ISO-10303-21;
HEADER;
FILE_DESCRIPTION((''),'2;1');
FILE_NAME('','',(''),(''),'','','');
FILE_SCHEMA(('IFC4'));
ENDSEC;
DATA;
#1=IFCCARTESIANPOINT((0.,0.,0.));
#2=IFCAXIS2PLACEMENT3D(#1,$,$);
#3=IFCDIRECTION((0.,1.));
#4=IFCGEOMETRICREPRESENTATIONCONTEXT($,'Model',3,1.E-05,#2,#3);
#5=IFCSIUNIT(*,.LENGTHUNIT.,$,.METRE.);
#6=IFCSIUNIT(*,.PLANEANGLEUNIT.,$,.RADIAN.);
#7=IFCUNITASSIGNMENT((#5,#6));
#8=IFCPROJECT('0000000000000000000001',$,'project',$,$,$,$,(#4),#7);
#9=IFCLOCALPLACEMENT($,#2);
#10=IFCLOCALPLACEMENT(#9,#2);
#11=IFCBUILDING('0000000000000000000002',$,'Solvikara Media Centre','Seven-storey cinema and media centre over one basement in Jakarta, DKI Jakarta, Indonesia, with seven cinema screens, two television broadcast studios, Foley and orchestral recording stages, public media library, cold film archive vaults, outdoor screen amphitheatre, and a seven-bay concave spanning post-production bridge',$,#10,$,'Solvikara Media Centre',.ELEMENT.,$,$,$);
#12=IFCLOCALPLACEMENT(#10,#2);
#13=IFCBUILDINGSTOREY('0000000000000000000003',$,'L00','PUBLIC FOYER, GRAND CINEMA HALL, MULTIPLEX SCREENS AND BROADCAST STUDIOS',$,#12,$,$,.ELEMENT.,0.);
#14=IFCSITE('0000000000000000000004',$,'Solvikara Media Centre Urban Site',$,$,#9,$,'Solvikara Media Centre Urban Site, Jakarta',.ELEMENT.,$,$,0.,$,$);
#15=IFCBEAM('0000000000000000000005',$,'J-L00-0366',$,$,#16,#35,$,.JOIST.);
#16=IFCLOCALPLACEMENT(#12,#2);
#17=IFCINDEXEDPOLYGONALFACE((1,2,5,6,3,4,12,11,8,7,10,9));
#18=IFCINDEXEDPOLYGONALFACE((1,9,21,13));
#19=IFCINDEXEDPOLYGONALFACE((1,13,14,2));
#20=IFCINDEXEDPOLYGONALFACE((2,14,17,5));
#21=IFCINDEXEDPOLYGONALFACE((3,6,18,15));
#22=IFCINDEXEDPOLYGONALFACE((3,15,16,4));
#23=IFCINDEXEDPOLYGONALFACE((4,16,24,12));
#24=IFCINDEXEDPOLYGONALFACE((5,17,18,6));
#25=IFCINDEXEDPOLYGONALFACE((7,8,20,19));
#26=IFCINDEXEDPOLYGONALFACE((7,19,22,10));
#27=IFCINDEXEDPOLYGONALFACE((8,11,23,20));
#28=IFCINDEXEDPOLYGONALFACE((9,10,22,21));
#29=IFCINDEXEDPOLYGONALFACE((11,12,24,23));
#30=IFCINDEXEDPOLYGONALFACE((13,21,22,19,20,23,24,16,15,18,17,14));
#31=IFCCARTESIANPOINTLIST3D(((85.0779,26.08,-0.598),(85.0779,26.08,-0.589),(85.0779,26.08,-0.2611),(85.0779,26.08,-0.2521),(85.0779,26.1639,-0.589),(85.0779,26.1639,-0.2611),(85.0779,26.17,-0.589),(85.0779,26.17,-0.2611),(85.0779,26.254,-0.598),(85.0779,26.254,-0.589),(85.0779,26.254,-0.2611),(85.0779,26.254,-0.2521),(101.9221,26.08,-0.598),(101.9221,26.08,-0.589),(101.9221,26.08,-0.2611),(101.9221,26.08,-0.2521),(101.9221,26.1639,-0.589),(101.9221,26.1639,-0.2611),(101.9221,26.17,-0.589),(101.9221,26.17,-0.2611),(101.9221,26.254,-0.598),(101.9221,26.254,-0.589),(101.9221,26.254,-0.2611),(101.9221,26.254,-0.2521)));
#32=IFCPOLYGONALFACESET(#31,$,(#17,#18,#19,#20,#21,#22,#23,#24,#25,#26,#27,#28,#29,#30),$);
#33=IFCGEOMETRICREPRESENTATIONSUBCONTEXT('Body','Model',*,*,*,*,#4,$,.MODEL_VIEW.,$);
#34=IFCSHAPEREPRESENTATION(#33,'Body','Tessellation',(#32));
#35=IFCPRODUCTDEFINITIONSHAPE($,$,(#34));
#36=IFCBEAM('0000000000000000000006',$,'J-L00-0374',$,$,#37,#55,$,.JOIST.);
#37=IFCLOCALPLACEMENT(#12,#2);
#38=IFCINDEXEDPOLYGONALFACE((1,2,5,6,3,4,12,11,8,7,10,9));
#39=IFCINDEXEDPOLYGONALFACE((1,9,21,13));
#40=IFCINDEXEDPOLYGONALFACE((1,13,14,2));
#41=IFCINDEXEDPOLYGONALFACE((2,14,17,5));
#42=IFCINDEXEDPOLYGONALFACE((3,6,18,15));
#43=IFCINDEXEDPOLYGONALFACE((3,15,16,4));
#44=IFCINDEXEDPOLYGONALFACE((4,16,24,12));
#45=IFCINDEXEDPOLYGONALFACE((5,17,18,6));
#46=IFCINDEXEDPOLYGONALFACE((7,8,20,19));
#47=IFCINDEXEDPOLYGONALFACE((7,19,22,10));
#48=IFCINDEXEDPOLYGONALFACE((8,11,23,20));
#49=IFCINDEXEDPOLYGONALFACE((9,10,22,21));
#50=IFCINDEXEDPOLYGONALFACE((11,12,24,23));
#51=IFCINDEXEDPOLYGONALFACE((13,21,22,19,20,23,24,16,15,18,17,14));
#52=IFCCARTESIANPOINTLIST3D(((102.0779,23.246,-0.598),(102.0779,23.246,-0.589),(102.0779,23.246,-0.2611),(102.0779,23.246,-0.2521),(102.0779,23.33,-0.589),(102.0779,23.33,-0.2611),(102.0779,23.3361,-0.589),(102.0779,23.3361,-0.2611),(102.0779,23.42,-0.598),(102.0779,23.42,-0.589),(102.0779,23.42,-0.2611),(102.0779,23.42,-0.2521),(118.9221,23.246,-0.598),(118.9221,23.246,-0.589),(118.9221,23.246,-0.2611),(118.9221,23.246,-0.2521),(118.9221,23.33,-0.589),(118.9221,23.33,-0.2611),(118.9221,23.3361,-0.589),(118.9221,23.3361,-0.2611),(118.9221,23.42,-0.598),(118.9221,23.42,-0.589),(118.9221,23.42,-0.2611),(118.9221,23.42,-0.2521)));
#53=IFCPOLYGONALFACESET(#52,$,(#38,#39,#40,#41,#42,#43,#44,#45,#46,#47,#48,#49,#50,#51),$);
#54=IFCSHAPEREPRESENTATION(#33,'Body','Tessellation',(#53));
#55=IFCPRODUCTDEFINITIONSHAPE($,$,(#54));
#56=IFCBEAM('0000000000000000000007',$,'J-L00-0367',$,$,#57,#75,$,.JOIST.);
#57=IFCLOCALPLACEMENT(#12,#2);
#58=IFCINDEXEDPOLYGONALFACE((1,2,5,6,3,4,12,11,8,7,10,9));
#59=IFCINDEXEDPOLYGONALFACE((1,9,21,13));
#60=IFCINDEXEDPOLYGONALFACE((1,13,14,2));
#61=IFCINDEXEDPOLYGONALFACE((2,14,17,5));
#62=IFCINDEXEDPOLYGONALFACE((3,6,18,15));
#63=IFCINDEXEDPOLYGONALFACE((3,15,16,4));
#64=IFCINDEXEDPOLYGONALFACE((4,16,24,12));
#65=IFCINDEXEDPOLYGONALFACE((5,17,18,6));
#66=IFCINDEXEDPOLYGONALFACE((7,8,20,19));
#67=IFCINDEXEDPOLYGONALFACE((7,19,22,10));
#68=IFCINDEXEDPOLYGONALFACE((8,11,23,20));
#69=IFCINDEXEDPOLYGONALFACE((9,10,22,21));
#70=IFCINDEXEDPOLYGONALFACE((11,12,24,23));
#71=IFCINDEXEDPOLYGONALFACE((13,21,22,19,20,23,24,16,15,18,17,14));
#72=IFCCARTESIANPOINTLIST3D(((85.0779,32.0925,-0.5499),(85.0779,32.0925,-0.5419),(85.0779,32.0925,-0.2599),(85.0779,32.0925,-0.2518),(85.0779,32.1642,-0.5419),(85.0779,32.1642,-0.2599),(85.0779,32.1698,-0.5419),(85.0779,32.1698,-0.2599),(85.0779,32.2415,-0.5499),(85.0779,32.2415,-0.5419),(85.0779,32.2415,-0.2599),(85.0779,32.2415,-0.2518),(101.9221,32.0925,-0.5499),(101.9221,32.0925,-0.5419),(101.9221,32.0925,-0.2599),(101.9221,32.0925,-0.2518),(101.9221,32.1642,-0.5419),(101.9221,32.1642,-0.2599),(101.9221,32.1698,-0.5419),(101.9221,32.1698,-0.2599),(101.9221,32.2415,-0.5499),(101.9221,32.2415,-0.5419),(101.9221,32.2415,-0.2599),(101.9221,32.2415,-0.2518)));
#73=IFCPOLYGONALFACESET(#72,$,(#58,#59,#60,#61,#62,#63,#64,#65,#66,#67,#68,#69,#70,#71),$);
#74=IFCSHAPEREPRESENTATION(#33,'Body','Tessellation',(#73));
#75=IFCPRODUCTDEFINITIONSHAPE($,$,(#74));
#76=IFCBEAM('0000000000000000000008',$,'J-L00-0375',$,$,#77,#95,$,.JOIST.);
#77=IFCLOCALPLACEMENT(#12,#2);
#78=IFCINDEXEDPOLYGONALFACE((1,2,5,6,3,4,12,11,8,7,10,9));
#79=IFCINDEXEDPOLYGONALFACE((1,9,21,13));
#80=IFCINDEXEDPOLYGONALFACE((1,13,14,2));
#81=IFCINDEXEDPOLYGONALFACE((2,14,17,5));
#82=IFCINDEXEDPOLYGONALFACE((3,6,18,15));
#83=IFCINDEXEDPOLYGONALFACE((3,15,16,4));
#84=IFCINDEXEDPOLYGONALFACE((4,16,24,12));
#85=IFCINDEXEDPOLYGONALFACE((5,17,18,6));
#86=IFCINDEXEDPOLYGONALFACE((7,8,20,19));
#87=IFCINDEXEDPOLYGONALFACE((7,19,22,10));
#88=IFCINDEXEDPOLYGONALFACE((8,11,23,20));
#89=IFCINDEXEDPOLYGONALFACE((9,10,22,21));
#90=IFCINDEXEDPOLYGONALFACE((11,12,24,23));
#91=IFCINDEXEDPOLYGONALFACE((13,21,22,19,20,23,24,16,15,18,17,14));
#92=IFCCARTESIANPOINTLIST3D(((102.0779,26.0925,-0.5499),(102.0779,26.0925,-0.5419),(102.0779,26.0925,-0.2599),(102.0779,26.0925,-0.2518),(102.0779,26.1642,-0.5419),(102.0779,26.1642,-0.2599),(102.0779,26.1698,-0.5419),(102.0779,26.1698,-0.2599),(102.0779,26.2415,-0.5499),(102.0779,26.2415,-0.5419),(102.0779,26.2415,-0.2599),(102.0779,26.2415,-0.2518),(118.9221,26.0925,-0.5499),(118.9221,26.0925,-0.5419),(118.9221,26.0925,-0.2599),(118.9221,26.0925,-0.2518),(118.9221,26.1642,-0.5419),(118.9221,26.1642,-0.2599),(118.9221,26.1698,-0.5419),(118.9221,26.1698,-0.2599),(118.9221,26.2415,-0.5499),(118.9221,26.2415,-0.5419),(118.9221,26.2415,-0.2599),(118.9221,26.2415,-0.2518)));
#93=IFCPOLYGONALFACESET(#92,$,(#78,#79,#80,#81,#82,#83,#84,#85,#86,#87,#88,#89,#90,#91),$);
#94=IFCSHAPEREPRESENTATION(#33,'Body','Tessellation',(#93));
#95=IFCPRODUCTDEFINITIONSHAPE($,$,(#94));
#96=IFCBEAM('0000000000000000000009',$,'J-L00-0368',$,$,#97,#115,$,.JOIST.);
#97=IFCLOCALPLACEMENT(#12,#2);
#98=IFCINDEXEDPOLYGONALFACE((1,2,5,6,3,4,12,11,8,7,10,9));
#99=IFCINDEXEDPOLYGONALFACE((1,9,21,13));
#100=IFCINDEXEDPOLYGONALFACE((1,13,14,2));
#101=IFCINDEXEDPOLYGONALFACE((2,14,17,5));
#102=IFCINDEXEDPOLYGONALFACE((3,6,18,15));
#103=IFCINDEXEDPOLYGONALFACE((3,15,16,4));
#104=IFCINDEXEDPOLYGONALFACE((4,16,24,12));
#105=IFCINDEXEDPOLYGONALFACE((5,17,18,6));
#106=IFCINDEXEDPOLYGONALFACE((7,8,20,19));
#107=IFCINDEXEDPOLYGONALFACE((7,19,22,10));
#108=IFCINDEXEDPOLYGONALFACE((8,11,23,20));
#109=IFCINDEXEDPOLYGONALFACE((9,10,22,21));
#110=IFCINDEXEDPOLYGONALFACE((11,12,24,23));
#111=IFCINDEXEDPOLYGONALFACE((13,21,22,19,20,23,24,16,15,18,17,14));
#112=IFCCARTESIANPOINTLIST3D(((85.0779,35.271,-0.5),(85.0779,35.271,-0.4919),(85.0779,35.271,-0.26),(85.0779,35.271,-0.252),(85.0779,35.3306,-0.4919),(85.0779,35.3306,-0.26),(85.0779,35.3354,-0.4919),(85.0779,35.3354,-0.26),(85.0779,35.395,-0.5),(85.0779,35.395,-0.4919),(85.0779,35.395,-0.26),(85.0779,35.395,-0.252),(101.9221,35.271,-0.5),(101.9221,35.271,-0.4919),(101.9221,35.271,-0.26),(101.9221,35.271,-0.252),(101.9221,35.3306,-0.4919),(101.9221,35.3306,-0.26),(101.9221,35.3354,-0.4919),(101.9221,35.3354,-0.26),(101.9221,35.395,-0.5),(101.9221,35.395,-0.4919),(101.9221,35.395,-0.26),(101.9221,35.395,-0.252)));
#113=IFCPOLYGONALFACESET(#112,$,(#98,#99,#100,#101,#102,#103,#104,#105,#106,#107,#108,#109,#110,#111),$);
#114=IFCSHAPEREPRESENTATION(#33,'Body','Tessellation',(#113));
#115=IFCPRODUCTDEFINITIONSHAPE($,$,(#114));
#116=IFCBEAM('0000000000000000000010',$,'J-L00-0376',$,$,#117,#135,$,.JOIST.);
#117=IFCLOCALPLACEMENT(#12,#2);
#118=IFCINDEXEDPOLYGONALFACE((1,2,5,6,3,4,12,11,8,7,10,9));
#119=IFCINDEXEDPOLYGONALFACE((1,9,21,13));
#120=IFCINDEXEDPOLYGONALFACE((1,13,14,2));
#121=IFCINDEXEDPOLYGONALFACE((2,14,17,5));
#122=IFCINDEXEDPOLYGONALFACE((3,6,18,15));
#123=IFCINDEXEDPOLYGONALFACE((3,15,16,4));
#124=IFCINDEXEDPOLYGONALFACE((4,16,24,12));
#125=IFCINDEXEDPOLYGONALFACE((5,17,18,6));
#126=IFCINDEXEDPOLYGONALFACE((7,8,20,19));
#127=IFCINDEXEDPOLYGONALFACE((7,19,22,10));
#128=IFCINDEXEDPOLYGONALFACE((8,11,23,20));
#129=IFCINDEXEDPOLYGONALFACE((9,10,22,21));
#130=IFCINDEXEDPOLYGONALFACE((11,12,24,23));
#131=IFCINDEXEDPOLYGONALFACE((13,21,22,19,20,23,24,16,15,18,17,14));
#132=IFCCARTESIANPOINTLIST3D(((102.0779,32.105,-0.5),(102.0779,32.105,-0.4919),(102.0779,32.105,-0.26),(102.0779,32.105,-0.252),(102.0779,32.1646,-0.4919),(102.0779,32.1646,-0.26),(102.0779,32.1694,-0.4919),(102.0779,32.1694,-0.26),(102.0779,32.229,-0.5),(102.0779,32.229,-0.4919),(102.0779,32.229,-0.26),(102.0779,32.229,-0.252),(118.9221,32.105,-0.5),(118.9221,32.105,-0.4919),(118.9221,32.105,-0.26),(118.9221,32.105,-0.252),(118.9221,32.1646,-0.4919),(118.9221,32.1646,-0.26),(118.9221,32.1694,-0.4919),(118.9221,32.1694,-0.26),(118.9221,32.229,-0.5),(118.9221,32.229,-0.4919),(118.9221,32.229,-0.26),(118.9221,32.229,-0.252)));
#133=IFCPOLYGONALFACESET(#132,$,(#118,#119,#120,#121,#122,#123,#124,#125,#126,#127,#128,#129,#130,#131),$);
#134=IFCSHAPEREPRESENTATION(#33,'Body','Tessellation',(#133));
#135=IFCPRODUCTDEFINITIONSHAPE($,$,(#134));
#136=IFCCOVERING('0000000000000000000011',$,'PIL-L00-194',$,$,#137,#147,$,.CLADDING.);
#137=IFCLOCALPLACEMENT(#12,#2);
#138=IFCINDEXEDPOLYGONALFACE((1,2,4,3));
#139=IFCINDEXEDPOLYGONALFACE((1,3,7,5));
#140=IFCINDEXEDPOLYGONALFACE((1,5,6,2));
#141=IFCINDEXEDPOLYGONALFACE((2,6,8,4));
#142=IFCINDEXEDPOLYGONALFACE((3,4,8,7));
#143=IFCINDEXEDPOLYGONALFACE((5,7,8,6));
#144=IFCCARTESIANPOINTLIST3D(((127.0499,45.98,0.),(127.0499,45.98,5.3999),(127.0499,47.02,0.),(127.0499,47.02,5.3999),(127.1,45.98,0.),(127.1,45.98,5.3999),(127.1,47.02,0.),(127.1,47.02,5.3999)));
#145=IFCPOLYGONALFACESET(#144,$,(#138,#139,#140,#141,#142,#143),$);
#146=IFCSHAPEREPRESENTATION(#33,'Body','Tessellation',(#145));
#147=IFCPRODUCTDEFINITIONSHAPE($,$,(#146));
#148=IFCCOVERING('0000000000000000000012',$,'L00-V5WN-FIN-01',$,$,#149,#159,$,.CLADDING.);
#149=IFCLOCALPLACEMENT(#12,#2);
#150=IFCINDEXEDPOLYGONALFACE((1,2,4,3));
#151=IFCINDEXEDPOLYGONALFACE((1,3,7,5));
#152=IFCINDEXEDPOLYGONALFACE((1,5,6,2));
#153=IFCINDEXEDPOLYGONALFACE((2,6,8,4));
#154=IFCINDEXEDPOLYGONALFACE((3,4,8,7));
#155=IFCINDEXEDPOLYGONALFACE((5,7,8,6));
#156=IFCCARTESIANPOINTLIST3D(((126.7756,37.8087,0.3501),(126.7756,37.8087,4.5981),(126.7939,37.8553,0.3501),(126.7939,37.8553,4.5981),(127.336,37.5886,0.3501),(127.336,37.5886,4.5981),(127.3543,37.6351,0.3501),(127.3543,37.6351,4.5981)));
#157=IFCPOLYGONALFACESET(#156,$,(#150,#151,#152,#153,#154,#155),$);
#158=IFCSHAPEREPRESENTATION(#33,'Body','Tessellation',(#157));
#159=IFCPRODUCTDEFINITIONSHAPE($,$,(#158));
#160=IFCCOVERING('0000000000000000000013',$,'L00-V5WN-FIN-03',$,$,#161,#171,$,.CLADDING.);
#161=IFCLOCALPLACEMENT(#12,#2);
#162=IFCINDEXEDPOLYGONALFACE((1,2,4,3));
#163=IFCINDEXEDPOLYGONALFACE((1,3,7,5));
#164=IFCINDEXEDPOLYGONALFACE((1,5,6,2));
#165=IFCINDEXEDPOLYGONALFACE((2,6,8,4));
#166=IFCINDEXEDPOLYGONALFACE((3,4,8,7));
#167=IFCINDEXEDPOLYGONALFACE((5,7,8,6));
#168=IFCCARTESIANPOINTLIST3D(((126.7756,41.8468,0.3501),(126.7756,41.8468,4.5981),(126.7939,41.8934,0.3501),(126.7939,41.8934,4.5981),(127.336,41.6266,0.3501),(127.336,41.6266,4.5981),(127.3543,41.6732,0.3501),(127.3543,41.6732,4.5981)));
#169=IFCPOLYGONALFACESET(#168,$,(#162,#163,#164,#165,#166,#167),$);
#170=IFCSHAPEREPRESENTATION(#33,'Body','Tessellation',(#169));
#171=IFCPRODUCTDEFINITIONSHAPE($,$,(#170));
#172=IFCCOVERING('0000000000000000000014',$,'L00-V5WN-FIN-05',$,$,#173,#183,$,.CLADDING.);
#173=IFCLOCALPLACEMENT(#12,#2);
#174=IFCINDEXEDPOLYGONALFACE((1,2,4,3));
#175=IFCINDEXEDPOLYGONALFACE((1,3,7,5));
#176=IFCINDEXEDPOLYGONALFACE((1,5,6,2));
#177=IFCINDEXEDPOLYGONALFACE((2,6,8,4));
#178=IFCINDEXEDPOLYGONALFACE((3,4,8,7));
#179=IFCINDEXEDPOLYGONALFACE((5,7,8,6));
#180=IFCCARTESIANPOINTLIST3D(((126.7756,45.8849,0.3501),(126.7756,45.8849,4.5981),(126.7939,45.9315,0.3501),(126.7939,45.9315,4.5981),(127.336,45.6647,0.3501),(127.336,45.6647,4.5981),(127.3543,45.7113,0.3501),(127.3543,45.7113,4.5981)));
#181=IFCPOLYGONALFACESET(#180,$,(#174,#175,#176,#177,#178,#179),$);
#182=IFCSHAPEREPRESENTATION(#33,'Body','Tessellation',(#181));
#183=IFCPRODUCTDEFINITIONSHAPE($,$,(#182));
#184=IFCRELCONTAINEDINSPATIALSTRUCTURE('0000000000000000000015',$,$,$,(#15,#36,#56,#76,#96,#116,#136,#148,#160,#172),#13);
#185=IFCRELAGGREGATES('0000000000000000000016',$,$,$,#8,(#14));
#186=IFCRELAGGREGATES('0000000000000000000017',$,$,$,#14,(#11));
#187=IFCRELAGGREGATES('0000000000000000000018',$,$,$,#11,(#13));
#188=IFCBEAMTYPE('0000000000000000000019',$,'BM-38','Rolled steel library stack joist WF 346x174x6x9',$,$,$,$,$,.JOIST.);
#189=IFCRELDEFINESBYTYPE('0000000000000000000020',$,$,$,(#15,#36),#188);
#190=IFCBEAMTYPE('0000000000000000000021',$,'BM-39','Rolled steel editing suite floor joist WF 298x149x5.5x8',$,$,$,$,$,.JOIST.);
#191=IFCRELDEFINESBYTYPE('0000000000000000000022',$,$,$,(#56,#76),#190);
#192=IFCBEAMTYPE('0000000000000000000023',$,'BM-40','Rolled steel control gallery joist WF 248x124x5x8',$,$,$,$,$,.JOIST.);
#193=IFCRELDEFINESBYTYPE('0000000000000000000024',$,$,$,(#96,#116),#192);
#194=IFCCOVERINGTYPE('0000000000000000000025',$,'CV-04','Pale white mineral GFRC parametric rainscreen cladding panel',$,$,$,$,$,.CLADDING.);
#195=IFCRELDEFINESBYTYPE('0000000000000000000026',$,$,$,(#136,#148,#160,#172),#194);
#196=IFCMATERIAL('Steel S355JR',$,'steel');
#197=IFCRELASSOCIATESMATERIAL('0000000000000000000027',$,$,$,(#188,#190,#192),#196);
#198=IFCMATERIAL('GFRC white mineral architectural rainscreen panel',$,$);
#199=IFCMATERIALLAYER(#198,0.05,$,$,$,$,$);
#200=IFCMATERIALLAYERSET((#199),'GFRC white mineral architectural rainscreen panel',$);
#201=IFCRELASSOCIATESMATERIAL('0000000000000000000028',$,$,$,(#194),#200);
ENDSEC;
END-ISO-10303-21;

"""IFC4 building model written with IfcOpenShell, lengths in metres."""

from ifc_helpers import new_model, si_unit, direction, frame, origin, origin_2d, place, context, subcontext, project, spatial, rectangle, i_section, extrude, material, layer, layer_set, material_profile, profile_set, type_object, element, save


model = new_model("IFC4")

# Units and contexts
model_context = context("Model", 3, precision=1e-05, world=origin(), true_north=direction((0.0, 1.0)))
body_context = subcontext(model_context, "Body", "Model", "MODEL_VIEW")
ifc_project = project(units=[si_unit("LENGTHUNIT", "METRE"), si_unit("PLANEANGLEUNIT", "RADIAN")], contexts=[model_context])

# Site, building, storey
site_placement = place(None, origin())
site = spatial("IfcSite", under=ifc_project, at=site_placement, Name="Solvikara Media Centre Urban Site", LongName="Solvikara Media Centre Urban Site, Jakarta", CompositionType="ELEMENT", RefElevation=0.0)
building_placement = place(site_placement, origin())
building = spatial("IfcBuilding", under=site, at=building_placement, Name="Solvikara Media Centre", Description="Seven-storey cinema and media centre over one basement in Jakarta, DKI Jakarta, Indonesia, with seven cinema screens, two television broadcast studios, Foley and orchestral recording stages, public media library, cold film archive vaults, outdoor screen amphitheatre, and a seven-bay concave spanning post-production bridge", LongName="Solvikara Media Centre", CompositionType="ELEMENT")
storey_placement = place(building_placement, origin())
storey = spatial("IfcBuildingStorey", under=building, at=storey_placement, Name="L00", Description="PUBLIC FOYER, GRAND CINEMA HALL, MULTIPLEX SCREENS AND BROADCAST STUDIOS", CompositionType="ELEMENT", Elevation=0.0)

# Beams
ifc_material_1 = material(Name="Steel S355JR", Category="steel")
ifc_material_profile_1 = material_profile(ifc_material_1, i_section(OverallWidth=0.1741, OverallDepth=0.3459, WebThickness=0.0061, FlangeThickness=0.009, at=origin_2d()), Name="WF 346x174x6x9")
ifc_profile_set_1 = profile_set([ifc_material_profile_1], Name="Steel S355JR")
beam_type_1 = type_object("IfcBeamType", Name="BM-38", Description="Rolled steel library stack joist WF 346x174x6x9", PredefinedType="JOIST", material=ifc_profile_set_1)
for number, where, z_axis, x_axis, name in (
    (1, (85.0779, 26.167, -0.425), (1.0, 0.0, 0.0), (0.0, 1.0, 0.0), "J-L00-0366"),
    (2, (102.0779, 23.333, -0.425), (1.0, 0.0, 0.0), (0.0, 1.0, 0.0), "J-L00-0374"),
):
    element("IfcBeam", number, at=place(storey_placement, frame(where, z_axis=z_axis, x_axis=x_axis)), inside=storey, type_object=beam_type_1, Name=name, PredefinedType="JOIST", context=body_context, shape_type="SweptSolid", body=[
        extrude(i_section(OverallWidth=0.1741, OverallDepth=0.3459, WebThickness=0.0061, FlangeThickness=0.009, at=origin_2d()), origin(), (0.0, 0.0, 1.0), 16.8442),
    ])
ifc_material_profile_2 = material_profile(ifc_material_1, i_section(OverallWidth=0.1489, OverallDepth=0.2981, WebThickness=0.0056, FlangeThickness=0.0081, at=origin_2d()), Name="WF 298x149x5.5x8")
ifc_profile_set_2 = profile_set([ifc_material_profile_2], Name="Steel S355JR")
beam_type_2 = type_object("IfcBeamType", Name="BM-39", Description="Rolled steel editing suite floor joist WF 298x149x5.5x8", PredefinedType="JOIST", material=ifc_profile_set_2)
for number, where, z_axis, x_axis, name in (
    (3, (85.0779, 32.167, -0.4009), (1.0, 0.0, 0.0), (0.0, 1.0, 0.0), "J-L00-0367"),
    (4, (102.0779, 26.167, -0.4009), (1.0, 0.0, 0.0), (0.0, 1.0, 0.0), "J-L00-0375"),
):
    element("IfcBeam", number, at=place(storey_placement, frame(where, z_axis=z_axis, x_axis=x_axis)), inside=storey, type_object=beam_type_2, Name=name, PredefinedType="JOIST", context=body_context, shape_type="SweptSolid", body=[
        extrude(i_section(OverallWidth=0.1489, OverallDepth=0.2981, WebThickness=0.0056, FlangeThickness=0.0081, at=origin_2d()), origin(), (0.0, 0.0, 1.0), 16.8442),
    ])
ifc_material_profile_3 = material_profile(ifc_material_1, i_section(OverallWidth=0.124, OverallDepth=0.248, WebThickness=0.0049, FlangeThickness=0.0081, at=origin_2d()), Name="WF 248x124x5x8")
ifc_profile_set_3 = profile_set([ifc_material_profile_3], Name="Steel S355JR")
beam_type_3 = type_object("IfcBeamType", Name="BM-40", Description="Rolled steel control gallery joist WF 248x124x5x8", PredefinedType="JOIST", material=ifc_profile_set_3)
for number, where, z_axis, x_axis, name in (
    (5, (85.0779, 35.333, -0.376), (1.0, 0.0, 0.0), (0.0, 1.0, 0.0), "J-L00-0368"),
    (6, (102.0779, 32.167, -0.376), (1.0, 0.0, 0.0), (0.0, 1.0, 0.0), "J-L00-0376"),
):
    element("IfcBeam", number, at=place(storey_placement, frame(where, z_axis=z_axis, x_axis=x_axis)), inside=storey, type_object=beam_type_3, Name=name, PredefinedType="JOIST", context=body_context, shape_type="SweptSolid", body=[
        extrude(i_section(OverallWidth=0.124, OverallDepth=0.248, WebThickness=0.0049, FlangeThickness=0.0081, at=origin_2d()), origin(), (0.0, 0.0, 1.0), 16.8442),
    ])

# Coverings
ifc_material_2 = material(Name="GFRC white mineral architectural rainscreen panel")
ifc_layer = layer(ifc_material_2, 0.05)
ifc_layer_set = layer_set([ifc_layer], Name="GFRC white mineral architectural rainscreen panel")
covering_type = type_object("IfcCoveringType", Name="CV-04", Description="Pale white mineral GFRC parametric rainscreen cladding panel", PredefinedType="CLADDING", material=ifc_layer_set)
covering_placement = place(storey_placement, frame((127.075, 46.5, 0.0), z_axis=(0.0, 0.0, 1.0), x_axis=(0.0, -1.0, 0.0)))
element("IfcCovering", 7, at=covering_placement, inside=storey, type_object=covering_type, Name="PIL-L00-194", PredefinedType="CLADDING", context=body_context, shape_type="SweptSolid", body=[
    extrude(rectangle(XDim=1.04, YDim=0.05, at=origin_2d()), origin(), (0.0, 0.0, 1.0), 5.3999),
])
for number, where, z_axis, x_axis, name in (
    (8, (127.0649, 37.7219, 0.3501), (0.0, 0.0, 1.0), (-0.93075, 0.365657, 0.0), "L00-V5WN-FIN-01"),
    (9, (127.0649, 41.76, 0.3501), (0.0, 0.0, 1.0), (-0.93075, 0.365657, 0.0), "L00-V5WN-FIN-03"),
    (10, (127.0649, 45.7981, 0.3501), (0.0, 0.0, 1.0), (-0.93075, 0.365657, 0.0), "L00-V5WN-FIN-05"),
):
    element("IfcCovering", number, at=place(storey_placement, frame(where, z_axis=z_axis, x_axis=x_axis)), inside=storey, type_object=covering_type, Name=name, PredefinedType="CLADDING", context=body_context, shape_type="SweptSolid", body=[
        extrude(rectangle(XDim=0.6021, YDim=0.05, at=origin_2d()), origin(), (0.0, 0.0, 1.0), 4.248),
    ])

save(model, "model.ifc")
